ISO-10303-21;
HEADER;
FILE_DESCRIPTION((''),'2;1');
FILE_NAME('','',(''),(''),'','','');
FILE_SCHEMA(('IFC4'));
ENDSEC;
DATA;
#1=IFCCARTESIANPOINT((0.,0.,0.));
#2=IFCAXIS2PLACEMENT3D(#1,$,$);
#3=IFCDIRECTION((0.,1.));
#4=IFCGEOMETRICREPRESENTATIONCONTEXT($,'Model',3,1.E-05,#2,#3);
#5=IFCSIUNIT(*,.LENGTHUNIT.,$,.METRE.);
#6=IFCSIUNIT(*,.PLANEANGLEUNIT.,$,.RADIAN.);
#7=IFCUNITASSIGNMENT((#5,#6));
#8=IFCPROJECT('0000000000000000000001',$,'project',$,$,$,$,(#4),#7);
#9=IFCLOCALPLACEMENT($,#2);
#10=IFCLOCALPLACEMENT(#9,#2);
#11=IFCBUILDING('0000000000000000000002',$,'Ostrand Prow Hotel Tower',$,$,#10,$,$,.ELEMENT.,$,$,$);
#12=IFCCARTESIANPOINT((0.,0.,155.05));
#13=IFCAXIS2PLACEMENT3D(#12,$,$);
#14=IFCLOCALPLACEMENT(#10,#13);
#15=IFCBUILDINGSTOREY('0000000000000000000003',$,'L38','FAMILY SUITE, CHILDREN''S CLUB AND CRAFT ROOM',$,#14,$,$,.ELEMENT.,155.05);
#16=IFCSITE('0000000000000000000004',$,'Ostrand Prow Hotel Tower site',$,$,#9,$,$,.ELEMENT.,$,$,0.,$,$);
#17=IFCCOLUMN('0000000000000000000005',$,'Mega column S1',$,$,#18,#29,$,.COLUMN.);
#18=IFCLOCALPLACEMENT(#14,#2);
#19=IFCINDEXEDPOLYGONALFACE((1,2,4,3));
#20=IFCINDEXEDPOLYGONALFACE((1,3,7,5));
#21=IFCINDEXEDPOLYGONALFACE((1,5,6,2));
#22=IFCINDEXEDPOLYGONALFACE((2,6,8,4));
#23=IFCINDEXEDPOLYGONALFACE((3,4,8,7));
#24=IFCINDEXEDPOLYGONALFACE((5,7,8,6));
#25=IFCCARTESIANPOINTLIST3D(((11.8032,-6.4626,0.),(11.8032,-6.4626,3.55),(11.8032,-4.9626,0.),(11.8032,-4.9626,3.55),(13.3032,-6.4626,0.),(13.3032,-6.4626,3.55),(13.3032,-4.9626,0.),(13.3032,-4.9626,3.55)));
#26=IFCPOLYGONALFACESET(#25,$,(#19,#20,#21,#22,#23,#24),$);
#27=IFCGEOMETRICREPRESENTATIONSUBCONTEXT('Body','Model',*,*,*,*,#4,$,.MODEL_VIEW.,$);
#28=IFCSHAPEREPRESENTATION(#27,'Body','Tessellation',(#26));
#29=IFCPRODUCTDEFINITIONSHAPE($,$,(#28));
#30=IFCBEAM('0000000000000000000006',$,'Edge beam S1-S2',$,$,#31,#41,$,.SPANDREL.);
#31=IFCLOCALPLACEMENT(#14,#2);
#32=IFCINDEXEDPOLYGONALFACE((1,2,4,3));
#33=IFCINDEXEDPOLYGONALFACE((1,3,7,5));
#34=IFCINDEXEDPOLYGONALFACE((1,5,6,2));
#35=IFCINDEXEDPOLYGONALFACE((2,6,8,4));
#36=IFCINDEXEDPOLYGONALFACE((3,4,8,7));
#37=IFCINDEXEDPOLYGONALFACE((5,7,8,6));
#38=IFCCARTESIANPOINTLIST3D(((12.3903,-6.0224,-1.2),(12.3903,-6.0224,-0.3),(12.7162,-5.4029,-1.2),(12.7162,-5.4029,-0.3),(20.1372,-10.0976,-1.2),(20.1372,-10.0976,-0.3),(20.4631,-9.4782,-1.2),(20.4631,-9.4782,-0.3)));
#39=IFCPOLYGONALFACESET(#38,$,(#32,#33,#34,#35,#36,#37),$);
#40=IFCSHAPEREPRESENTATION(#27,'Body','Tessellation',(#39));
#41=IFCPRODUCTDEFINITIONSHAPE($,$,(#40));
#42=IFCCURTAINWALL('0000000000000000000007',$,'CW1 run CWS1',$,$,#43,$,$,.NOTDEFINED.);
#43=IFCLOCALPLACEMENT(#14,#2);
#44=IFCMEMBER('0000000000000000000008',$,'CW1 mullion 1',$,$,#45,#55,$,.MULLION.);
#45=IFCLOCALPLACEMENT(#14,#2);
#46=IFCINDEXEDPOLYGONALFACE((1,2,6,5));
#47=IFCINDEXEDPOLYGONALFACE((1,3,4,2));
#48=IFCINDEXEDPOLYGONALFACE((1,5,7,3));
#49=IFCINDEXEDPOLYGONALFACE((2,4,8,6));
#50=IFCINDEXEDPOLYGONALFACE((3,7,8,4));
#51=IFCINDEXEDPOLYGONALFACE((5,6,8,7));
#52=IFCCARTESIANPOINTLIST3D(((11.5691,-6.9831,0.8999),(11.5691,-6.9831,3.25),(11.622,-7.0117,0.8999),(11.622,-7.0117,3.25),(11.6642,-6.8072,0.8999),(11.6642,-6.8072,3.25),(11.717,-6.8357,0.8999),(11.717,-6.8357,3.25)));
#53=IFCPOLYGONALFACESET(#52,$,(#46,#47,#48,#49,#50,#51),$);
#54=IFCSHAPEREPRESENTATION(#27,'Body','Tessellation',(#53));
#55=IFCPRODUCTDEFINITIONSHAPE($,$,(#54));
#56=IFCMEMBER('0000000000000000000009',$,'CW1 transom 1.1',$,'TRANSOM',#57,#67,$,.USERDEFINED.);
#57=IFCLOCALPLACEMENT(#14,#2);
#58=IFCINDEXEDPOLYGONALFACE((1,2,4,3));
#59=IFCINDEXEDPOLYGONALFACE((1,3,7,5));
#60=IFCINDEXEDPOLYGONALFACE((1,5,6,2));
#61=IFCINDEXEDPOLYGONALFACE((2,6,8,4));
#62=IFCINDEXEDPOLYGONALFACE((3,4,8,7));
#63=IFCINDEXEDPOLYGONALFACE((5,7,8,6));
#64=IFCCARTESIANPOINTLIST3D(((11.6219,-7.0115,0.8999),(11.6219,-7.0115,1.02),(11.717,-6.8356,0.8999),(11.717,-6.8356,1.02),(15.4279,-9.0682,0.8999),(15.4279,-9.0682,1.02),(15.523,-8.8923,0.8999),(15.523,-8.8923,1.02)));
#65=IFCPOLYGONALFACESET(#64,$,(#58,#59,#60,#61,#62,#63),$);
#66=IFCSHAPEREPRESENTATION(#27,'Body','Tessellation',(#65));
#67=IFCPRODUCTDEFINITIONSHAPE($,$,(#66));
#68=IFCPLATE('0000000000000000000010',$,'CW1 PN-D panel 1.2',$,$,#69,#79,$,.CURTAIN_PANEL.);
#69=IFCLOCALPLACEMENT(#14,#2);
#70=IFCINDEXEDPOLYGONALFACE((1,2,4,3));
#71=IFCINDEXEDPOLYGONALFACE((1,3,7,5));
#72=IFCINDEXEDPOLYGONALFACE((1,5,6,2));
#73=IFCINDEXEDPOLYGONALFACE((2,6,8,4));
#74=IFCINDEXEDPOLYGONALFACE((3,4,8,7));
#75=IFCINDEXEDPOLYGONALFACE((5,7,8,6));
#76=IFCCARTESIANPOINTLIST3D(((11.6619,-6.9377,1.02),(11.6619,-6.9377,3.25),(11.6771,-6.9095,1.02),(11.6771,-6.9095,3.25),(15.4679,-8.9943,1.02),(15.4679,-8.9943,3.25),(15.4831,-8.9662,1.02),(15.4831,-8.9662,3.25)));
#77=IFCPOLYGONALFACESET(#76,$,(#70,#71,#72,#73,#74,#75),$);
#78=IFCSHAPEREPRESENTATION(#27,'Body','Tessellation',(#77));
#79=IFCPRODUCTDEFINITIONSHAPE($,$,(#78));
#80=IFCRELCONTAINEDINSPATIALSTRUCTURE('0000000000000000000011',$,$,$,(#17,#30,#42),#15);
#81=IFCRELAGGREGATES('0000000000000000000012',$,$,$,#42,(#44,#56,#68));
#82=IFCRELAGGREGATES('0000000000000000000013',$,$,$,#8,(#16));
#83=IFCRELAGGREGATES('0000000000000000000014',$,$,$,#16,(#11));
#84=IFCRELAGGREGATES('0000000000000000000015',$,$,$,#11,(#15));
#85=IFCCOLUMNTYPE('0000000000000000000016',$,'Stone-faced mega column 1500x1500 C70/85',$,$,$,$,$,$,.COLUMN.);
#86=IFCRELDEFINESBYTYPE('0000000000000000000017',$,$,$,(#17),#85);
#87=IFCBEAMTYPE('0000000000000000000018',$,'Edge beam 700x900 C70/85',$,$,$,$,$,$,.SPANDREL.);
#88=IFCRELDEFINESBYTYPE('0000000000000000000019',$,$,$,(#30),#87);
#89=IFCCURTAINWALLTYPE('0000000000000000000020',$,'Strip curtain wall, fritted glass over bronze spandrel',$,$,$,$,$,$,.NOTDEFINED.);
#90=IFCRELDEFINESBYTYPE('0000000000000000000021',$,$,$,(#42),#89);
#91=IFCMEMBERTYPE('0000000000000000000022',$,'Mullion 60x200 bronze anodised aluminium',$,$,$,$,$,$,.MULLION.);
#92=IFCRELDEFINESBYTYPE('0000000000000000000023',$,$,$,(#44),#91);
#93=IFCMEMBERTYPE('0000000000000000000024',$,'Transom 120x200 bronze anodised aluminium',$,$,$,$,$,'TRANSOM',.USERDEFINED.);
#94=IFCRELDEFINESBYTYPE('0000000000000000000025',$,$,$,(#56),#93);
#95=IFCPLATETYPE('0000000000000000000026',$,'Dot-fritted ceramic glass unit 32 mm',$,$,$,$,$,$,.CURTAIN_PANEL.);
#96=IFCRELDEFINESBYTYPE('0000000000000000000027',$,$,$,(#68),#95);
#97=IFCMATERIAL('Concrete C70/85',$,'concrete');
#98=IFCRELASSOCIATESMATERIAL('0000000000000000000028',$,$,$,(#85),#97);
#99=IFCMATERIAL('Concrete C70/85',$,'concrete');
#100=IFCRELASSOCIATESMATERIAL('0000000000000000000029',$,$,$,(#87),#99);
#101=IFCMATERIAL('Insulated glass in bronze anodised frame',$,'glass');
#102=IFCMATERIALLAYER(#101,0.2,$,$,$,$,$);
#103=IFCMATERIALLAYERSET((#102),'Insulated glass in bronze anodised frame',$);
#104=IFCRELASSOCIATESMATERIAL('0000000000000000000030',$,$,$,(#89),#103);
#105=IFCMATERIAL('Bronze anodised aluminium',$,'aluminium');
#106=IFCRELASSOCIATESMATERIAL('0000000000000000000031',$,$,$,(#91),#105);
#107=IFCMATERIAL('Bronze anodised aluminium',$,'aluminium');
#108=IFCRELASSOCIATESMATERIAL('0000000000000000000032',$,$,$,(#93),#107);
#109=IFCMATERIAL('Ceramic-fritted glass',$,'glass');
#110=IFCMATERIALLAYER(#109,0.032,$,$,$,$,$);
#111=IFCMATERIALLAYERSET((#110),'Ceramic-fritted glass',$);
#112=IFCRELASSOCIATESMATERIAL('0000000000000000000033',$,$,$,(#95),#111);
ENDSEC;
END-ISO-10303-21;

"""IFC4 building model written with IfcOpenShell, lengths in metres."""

from ifc_helpers import new_model, si_unit, direction, frame, origin, origin_2d, place, context, subcontext, project, spatial, rectangle, extrude, material, layer, layer_set, material_profile, profile_set, type_object, element, aggregate, save


model = new_model("IFC4")

# Units and contexts
model_context = context("Model", 3, precision=1e-05, world=origin(), true_north=direction((0.0, 1.0)))
body_context = subcontext(model_context, "Body", "Model", "MODEL_VIEW")
ifc_project = project(units=[si_unit("LENGTHUNIT", "METRE"), si_unit("PLANEANGLEUNIT", "RADIAN")], contexts=[model_context])

# Site, building, storey
site_placement = place(None, origin())
site = spatial("IfcSite", under=ifc_project, at=site_placement, Name="Ostrand Prow Hotel Tower site", CompositionType="ELEMENT", RefElevation=0.0)
building_placement = place(site_placement, origin())
building = spatial("IfcBuilding", under=site, at=building_placement, Name="Ostrand Prow Hotel Tower", CompositionType="ELEMENT")
storey_placement = place(building_placement, frame((0.0, 0.0, 155.05)))
storey = spatial("IfcBuildingStorey", under=building, at=storey_placement, Name="L38", Description="FAMILY SUITE, CHILDREN'S CLUB AND CRAFT ROOM", CompositionType="ELEMENT", Elevation=155.05)

# Column
ifc_material_1 = material(Name="Concrete C70/85", Category="concrete")
ifc_material_profile_1 = material_profile(ifc_material_1, rectangle(XDim=1.5, YDim=1.5, at=origin_2d()), Name="RC 1500x1500")
ifc_profile_set_1 = profile_set([ifc_material_profile_1], Name="Concrete C70/85")
column_type = type_object("IfcColumnType", Name="Stone-faced mega column 1500x1500 C70/85", PredefinedType="COLUMN", material=ifc_profile_set_1)
column_placement = place(storey_placement, frame((12.5532, -5.7126, 0.0), z_axis=(0.0, 0.0, 1.0), x_axis=(1.0, 0.0, 0.0)))
element("IfcColumn", 1, at=column_placement, inside=storey, type_object=column_type, Name="Mega column S1", PredefinedType="COLUMN", context=body_context, shape_type="SweptSolid", body=[
    extrude(rectangle(XDim=1.5, YDim=1.5, at=origin_2d()), origin(), (0.0, 0.0, 1.0), 3.55),
])

# Beam
ifc_material_2 = material(Name="Concrete C70/85", Category="concrete")
ifc_material_profile_2 = material_profile(ifc_material_2, rectangle(XDim=0.7, YDim=0.8999, at=origin_2d()), Name="RC 700x900")
ifc_profile_set_2 = profile_set([ifc_material_profile_2], Name="Concrete C70/85")
beam_type = type_object("IfcBeamType", Name="Edge beam 700x900 C70/85", PredefinedType="SPANDREL", material=ifc_profile_set_2)
beam_placement = place(storey_placement, frame((12.5532, -5.7126, -0.75), z_axis=(0.885016, -0.46556, 0.0), x_axis=(0.46556, 0.885016, 0.0)))
element("IfcBeam", 2, at=beam_placement, inside=storey, type_object=beam_type, Name="Edge beam S1-S2", PredefinedType="SPANDREL", context=body_context, shape_type="SweptSolid", body=[
    extrude(rectangle(XDim=0.7, YDim=0.8999, at=origin_2d()), origin(), (0.0, 0.0, 1.0), 8.7534),
])

# Curtain wall, members, plate
ifc_material_3 = material(Name="Insulated glass in bronze anodised frame", Category="glass")
ifc_layer_1 = layer(ifc_material_3, 0.2)
ifc_layer_set_1 = layer_set([ifc_layer_1], Name="Insulated glass in bronze anodised frame")
curtain_wall_type = type_object("IfcCurtainWallType", Name="Strip curtain wall, fritted glass over bronze spandrel", PredefinedType="NOTDEFINED", material=ifc_layer_set_1)
curtain_wall_placement = place(storey_placement, origin())
curtain_wall = element("IfcCurtainWall", 3, at=curtain_wall_placement, inside=storey, type_object=curtain_wall_type, Name="CW1 run CWS1", PredefinedType="NOTDEFINED")
ifc_material_4 = material(Name="Bronze anodised aluminium", Category="aluminium")
ifc_material_profile_3 = material_profile(ifc_material_4, rectangle(XDim=0.2, YDim=0.0601, at=origin_2d()), Name="Mullion 60x200 bronze anodised aluminium")
ifc_profile_set_3 = profile_set([ifc_material_profile_3], Name="Bronze anodised aluminium")
member_type_1 = type_object("IfcMemberType", Name="Mullion 60x200 bronze anodised aluminium", PredefinedType="MULLION", material=ifc_profile_set_3)
member_1_placement = place(storey_placement, frame((11.6431, -6.9094, 0.8999), z_axis=(0.0, 0.0, 1.0), x_axis=(0.475394, 0.879773, 0.0)))
member_1 = element("IfcMember", 4, at=member_1_placement, type_object=member_type_1, Name="CW1 mullion 1", PredefinedType="MULLION", context=body_context, shape_type="SweptSolid", body=[
    extrude(rectangle(XDim=0.2, YDim=0.0601, at=origin_2d()), origin(), (0.0, 0.0, 1.0), 2.3501),
])
ifc_material_5 = material(Name="Bronze anodised aluminium", Category="aluminium")
ifc_material_profile_4 = material_profile(ifc_material_5, rectangle(XDim=0.2, YDim=0.1201, at=origin_2d()), Name="Transom 120x200 bronze anodised aluminium")
ifc_profile_set_4 = profile_set([ifc_material_profile_4], Name="Bronze anodised aluminium")
member_type_2 = type_object("IfcMemberType", Name="Transom 120x200 bronze anodised aluminium", ElementType="TRANSOM", PredefinedType="USERDEFINED", material=ifc_profile_set_4)
member_2_placement = place(storey_placement, frame((11.6694, -6.9236, 0.96), z_axis=(0.879765, -0.475408, 0.0), x_axis=(0.475408, 0.879765, 0.0)))
member_2 = element("IfcMember", 5, at=member_2_placement, type_object=member_type_2, Name="CW1 transom 1.1", ObjectType="TRANSOM", PredefinedType="USERDEFINED", context=body_context, shape_type="SweptSolid", body=[
    extrude(rectangle(XDim=0.2, YDim=0.1201, at=origin_2d()), origin(), (0.0, 0.0, 1.0), 4.3262),
])
ifc_material_6 = material(Name="Ceramic-fritted glass", Category="glass")
ifc_layer_2 = layer(ifc_material_6, 0.032)
ifc_layer_set_2 = layer_set([ifc_layer_2], Name="Ceramic-fritted glass")
plate_type = type_object("IfcPlateType", Name="Dot-fritted ceramic glass unit 32 mm", PredefinedType="CURTAIN_PANEL", material=ifc_layer_set_2)
plate_placement = place(storey_placement, frame((13.5725, -7.9519, 1.02), z_axis=(0.0, 0.0, 1.0), x_axis=(0.879773, -0.475394, 0.0)))
plate = element("IfcPlate", 6, at=plate_placement, type_object=plate_type, Name="CW1 PN-D panel 1.2", PredefinedType="CURTAIN_PANEL", context=body_context, shape_type="SweptSolid", body=[
    extrude(rectangle(XDim=4.3262, YDim=0.032, at=origin_2d()), origin(), (0.0, 0.0, 1.0), 2.23),
])
aggregate(curtain_wall, [member_1, member_2, plate])

save(model, "model.ifc")
